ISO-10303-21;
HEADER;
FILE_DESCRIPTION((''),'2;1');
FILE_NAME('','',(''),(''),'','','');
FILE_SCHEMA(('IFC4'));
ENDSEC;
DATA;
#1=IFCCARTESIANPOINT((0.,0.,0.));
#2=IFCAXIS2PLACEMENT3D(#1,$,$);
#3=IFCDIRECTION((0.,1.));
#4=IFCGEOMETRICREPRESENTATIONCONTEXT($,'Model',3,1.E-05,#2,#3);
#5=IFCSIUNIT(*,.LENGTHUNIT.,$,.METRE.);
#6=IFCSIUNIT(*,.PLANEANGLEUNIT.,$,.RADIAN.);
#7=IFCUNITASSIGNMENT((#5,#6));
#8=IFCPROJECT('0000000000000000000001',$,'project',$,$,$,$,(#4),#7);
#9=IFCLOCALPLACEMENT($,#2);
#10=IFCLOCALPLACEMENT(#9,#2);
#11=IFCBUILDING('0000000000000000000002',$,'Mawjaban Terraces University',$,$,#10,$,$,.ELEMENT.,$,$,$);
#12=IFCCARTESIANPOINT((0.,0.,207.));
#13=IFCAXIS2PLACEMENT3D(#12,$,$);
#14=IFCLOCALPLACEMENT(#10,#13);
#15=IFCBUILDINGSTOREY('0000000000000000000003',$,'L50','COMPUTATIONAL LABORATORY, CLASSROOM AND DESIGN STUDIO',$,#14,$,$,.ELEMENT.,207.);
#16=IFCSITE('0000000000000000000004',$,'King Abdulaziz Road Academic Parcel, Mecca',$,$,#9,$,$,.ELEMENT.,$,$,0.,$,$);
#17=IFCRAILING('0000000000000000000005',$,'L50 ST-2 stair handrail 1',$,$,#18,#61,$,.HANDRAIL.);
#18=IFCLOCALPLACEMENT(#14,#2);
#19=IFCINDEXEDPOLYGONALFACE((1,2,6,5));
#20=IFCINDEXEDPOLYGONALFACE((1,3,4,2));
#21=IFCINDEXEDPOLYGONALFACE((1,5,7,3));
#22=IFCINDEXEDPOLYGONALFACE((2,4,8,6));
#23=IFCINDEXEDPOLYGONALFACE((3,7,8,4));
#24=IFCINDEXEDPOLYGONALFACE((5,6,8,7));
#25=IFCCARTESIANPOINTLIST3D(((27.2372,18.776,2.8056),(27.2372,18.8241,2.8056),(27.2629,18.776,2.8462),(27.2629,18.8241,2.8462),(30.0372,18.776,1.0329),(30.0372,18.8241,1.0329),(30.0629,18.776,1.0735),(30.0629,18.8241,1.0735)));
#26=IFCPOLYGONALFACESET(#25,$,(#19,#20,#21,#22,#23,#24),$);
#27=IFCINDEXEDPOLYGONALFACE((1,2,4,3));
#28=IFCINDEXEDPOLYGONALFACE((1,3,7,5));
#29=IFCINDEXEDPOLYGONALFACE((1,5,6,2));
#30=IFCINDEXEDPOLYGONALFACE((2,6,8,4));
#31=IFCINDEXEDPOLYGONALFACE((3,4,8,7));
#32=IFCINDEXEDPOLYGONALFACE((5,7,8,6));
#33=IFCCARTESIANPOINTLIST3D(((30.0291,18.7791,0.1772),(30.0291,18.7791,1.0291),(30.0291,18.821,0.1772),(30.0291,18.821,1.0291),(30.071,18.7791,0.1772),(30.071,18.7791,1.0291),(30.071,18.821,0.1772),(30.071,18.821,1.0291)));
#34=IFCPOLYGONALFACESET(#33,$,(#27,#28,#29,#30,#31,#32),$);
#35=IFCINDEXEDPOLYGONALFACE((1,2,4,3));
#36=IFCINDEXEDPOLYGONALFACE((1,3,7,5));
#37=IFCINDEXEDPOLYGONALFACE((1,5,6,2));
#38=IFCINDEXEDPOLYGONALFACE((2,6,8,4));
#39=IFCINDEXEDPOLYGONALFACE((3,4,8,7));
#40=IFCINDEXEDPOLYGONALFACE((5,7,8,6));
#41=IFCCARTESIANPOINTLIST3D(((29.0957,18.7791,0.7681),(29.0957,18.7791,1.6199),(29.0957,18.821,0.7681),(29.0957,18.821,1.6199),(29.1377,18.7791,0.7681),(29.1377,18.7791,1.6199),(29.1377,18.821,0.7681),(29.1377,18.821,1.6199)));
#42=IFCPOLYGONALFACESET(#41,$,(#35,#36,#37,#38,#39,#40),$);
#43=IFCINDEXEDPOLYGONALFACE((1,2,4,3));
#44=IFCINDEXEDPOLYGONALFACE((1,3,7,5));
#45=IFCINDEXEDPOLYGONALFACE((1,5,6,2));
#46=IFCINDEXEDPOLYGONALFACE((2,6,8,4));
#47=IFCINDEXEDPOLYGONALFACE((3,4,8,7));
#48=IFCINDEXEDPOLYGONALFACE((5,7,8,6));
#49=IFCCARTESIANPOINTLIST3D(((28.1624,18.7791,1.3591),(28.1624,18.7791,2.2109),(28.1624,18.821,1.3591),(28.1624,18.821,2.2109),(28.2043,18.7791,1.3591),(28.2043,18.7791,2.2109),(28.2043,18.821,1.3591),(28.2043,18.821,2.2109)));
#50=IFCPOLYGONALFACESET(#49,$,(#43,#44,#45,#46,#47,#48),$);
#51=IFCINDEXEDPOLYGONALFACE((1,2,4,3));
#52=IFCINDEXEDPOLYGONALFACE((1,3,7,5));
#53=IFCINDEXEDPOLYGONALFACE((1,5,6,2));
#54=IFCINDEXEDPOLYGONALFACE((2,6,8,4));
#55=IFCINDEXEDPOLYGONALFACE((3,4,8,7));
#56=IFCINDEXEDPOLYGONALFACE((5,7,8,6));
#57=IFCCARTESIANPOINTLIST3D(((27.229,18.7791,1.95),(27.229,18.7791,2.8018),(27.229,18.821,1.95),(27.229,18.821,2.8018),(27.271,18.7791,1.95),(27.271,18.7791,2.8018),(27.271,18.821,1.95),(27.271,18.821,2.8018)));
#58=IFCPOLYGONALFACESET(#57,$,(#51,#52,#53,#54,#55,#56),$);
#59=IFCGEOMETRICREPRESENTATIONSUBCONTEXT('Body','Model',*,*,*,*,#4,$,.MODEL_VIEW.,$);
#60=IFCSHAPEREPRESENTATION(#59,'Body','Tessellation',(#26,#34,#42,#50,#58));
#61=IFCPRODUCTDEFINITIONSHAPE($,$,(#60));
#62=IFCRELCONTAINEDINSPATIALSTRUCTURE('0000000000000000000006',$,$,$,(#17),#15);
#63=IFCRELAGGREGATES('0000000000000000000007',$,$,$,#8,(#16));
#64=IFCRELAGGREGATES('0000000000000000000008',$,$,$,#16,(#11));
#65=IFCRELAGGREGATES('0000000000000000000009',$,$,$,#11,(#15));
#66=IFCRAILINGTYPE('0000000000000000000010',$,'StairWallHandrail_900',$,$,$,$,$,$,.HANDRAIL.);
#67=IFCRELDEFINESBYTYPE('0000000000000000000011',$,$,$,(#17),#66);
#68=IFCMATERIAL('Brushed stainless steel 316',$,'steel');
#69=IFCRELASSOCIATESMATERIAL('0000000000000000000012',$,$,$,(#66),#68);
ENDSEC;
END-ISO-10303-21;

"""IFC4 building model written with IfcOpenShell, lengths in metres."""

from ifc_helpers import new_model, si_unit, direction, frame, origin, origin_2d, place, context, subcontext, project, spatial, rectangle, extrude, material, type_object, element, save


model = new_model("IFC4")

# Units and contexts
model_context = context("Model", 3, precision=1e-05, world=origin(), true_north=direction((0.0, 1.0)))
body_context = subcontext(model_context, "Body", "Model", "MODEL_VIEW")
ifc_project = project(units=[si_unit("LENGTHUNIT", "METRE"), si_unit("PLANEANGLEUNIT", "RADIAN")], contexts=[model_context])

# Site, building, storey
site_placement = place(None, origin())
site = spatial("IfcSite", under=ifc_project, at=site_placement, Name="King Abdulaziz Road Academic Parcel, Mecca", CompositionType="ELEMENT", RefElevation=0.0)
building_placement = place(site_placement, origin())
building = spatial("IfcBuilding", under=site, at=building_placement, Name="Mawjaban Terraces University", CompositionType="ELEMENT")
storey_placement = place(building_placement, frame((0.0, 0.0, 207.0)))
storey = spatial("IfcBuildingStorey", under=building, at=storey_placement, Name="L50", Description="COMPUTATIONAL LABORATORY, CLASSROOM AND DESIGN STUDIO", CompositionType="ELEMENT", Elevation=207.0)

# Railing
ifc_material_1 = material(Name="Brushed stainless steel 316", Category="steel")
railing_type_1 = type_object("IfcRailingType", Name="StairWallHandrail_900", PredefinedType="HANDRAIL", material=ifc_material_1)
railing_1_placement = place(storey_placement, frame((30.05, 18.8, 0.1772)))
element("IfcRailing", 1, at=railing_1_placement, inside=storey, type_object=railing_type_1, Name="L50 ST-2 stair handrail 1", PredefinedType="HANDRAIL", context=body_context, shape_type="SweptSolid", body=[
    extrude(rectangle(XDim=0.0481, YDim=0.0481, at=origin_2d()), frame((0.0, 0.0, 0.876), z_axis=(-0.844909, 0.0, 0.53491), x_axis=(0.0, -1.0, 0.0)), (0.0, 0.0, 1.0), 3.314),
    extrude(rectangle(XDim=0.042, YDim=0.042, at=origin_2d()), origin(), (0.0, 0.0, 1.0), 0.8518),
    extrude(rectangle(XDim=0.042, YDim=0.042, at=origin_2d()), frame((-0.9333, 0.0, 0.5908)), (0.0, 0.0, 1.0), 0.8518),
    extrude(rectangle(XDim=0.042, YDim=0.042, at=origin_2d()), frame((-1.8667, 0.0, 1.1819)), (0.0, 0.0, 1.0), 0.8518),
    extrude(rectangle(XDim=0.042, YDim=0.042, at=origin_2d()), frame((-2.8, 0.0, 1.7727)), (0.0, 0.0, 1.0), 0.8518),
])

save(model, "model.ifc")
